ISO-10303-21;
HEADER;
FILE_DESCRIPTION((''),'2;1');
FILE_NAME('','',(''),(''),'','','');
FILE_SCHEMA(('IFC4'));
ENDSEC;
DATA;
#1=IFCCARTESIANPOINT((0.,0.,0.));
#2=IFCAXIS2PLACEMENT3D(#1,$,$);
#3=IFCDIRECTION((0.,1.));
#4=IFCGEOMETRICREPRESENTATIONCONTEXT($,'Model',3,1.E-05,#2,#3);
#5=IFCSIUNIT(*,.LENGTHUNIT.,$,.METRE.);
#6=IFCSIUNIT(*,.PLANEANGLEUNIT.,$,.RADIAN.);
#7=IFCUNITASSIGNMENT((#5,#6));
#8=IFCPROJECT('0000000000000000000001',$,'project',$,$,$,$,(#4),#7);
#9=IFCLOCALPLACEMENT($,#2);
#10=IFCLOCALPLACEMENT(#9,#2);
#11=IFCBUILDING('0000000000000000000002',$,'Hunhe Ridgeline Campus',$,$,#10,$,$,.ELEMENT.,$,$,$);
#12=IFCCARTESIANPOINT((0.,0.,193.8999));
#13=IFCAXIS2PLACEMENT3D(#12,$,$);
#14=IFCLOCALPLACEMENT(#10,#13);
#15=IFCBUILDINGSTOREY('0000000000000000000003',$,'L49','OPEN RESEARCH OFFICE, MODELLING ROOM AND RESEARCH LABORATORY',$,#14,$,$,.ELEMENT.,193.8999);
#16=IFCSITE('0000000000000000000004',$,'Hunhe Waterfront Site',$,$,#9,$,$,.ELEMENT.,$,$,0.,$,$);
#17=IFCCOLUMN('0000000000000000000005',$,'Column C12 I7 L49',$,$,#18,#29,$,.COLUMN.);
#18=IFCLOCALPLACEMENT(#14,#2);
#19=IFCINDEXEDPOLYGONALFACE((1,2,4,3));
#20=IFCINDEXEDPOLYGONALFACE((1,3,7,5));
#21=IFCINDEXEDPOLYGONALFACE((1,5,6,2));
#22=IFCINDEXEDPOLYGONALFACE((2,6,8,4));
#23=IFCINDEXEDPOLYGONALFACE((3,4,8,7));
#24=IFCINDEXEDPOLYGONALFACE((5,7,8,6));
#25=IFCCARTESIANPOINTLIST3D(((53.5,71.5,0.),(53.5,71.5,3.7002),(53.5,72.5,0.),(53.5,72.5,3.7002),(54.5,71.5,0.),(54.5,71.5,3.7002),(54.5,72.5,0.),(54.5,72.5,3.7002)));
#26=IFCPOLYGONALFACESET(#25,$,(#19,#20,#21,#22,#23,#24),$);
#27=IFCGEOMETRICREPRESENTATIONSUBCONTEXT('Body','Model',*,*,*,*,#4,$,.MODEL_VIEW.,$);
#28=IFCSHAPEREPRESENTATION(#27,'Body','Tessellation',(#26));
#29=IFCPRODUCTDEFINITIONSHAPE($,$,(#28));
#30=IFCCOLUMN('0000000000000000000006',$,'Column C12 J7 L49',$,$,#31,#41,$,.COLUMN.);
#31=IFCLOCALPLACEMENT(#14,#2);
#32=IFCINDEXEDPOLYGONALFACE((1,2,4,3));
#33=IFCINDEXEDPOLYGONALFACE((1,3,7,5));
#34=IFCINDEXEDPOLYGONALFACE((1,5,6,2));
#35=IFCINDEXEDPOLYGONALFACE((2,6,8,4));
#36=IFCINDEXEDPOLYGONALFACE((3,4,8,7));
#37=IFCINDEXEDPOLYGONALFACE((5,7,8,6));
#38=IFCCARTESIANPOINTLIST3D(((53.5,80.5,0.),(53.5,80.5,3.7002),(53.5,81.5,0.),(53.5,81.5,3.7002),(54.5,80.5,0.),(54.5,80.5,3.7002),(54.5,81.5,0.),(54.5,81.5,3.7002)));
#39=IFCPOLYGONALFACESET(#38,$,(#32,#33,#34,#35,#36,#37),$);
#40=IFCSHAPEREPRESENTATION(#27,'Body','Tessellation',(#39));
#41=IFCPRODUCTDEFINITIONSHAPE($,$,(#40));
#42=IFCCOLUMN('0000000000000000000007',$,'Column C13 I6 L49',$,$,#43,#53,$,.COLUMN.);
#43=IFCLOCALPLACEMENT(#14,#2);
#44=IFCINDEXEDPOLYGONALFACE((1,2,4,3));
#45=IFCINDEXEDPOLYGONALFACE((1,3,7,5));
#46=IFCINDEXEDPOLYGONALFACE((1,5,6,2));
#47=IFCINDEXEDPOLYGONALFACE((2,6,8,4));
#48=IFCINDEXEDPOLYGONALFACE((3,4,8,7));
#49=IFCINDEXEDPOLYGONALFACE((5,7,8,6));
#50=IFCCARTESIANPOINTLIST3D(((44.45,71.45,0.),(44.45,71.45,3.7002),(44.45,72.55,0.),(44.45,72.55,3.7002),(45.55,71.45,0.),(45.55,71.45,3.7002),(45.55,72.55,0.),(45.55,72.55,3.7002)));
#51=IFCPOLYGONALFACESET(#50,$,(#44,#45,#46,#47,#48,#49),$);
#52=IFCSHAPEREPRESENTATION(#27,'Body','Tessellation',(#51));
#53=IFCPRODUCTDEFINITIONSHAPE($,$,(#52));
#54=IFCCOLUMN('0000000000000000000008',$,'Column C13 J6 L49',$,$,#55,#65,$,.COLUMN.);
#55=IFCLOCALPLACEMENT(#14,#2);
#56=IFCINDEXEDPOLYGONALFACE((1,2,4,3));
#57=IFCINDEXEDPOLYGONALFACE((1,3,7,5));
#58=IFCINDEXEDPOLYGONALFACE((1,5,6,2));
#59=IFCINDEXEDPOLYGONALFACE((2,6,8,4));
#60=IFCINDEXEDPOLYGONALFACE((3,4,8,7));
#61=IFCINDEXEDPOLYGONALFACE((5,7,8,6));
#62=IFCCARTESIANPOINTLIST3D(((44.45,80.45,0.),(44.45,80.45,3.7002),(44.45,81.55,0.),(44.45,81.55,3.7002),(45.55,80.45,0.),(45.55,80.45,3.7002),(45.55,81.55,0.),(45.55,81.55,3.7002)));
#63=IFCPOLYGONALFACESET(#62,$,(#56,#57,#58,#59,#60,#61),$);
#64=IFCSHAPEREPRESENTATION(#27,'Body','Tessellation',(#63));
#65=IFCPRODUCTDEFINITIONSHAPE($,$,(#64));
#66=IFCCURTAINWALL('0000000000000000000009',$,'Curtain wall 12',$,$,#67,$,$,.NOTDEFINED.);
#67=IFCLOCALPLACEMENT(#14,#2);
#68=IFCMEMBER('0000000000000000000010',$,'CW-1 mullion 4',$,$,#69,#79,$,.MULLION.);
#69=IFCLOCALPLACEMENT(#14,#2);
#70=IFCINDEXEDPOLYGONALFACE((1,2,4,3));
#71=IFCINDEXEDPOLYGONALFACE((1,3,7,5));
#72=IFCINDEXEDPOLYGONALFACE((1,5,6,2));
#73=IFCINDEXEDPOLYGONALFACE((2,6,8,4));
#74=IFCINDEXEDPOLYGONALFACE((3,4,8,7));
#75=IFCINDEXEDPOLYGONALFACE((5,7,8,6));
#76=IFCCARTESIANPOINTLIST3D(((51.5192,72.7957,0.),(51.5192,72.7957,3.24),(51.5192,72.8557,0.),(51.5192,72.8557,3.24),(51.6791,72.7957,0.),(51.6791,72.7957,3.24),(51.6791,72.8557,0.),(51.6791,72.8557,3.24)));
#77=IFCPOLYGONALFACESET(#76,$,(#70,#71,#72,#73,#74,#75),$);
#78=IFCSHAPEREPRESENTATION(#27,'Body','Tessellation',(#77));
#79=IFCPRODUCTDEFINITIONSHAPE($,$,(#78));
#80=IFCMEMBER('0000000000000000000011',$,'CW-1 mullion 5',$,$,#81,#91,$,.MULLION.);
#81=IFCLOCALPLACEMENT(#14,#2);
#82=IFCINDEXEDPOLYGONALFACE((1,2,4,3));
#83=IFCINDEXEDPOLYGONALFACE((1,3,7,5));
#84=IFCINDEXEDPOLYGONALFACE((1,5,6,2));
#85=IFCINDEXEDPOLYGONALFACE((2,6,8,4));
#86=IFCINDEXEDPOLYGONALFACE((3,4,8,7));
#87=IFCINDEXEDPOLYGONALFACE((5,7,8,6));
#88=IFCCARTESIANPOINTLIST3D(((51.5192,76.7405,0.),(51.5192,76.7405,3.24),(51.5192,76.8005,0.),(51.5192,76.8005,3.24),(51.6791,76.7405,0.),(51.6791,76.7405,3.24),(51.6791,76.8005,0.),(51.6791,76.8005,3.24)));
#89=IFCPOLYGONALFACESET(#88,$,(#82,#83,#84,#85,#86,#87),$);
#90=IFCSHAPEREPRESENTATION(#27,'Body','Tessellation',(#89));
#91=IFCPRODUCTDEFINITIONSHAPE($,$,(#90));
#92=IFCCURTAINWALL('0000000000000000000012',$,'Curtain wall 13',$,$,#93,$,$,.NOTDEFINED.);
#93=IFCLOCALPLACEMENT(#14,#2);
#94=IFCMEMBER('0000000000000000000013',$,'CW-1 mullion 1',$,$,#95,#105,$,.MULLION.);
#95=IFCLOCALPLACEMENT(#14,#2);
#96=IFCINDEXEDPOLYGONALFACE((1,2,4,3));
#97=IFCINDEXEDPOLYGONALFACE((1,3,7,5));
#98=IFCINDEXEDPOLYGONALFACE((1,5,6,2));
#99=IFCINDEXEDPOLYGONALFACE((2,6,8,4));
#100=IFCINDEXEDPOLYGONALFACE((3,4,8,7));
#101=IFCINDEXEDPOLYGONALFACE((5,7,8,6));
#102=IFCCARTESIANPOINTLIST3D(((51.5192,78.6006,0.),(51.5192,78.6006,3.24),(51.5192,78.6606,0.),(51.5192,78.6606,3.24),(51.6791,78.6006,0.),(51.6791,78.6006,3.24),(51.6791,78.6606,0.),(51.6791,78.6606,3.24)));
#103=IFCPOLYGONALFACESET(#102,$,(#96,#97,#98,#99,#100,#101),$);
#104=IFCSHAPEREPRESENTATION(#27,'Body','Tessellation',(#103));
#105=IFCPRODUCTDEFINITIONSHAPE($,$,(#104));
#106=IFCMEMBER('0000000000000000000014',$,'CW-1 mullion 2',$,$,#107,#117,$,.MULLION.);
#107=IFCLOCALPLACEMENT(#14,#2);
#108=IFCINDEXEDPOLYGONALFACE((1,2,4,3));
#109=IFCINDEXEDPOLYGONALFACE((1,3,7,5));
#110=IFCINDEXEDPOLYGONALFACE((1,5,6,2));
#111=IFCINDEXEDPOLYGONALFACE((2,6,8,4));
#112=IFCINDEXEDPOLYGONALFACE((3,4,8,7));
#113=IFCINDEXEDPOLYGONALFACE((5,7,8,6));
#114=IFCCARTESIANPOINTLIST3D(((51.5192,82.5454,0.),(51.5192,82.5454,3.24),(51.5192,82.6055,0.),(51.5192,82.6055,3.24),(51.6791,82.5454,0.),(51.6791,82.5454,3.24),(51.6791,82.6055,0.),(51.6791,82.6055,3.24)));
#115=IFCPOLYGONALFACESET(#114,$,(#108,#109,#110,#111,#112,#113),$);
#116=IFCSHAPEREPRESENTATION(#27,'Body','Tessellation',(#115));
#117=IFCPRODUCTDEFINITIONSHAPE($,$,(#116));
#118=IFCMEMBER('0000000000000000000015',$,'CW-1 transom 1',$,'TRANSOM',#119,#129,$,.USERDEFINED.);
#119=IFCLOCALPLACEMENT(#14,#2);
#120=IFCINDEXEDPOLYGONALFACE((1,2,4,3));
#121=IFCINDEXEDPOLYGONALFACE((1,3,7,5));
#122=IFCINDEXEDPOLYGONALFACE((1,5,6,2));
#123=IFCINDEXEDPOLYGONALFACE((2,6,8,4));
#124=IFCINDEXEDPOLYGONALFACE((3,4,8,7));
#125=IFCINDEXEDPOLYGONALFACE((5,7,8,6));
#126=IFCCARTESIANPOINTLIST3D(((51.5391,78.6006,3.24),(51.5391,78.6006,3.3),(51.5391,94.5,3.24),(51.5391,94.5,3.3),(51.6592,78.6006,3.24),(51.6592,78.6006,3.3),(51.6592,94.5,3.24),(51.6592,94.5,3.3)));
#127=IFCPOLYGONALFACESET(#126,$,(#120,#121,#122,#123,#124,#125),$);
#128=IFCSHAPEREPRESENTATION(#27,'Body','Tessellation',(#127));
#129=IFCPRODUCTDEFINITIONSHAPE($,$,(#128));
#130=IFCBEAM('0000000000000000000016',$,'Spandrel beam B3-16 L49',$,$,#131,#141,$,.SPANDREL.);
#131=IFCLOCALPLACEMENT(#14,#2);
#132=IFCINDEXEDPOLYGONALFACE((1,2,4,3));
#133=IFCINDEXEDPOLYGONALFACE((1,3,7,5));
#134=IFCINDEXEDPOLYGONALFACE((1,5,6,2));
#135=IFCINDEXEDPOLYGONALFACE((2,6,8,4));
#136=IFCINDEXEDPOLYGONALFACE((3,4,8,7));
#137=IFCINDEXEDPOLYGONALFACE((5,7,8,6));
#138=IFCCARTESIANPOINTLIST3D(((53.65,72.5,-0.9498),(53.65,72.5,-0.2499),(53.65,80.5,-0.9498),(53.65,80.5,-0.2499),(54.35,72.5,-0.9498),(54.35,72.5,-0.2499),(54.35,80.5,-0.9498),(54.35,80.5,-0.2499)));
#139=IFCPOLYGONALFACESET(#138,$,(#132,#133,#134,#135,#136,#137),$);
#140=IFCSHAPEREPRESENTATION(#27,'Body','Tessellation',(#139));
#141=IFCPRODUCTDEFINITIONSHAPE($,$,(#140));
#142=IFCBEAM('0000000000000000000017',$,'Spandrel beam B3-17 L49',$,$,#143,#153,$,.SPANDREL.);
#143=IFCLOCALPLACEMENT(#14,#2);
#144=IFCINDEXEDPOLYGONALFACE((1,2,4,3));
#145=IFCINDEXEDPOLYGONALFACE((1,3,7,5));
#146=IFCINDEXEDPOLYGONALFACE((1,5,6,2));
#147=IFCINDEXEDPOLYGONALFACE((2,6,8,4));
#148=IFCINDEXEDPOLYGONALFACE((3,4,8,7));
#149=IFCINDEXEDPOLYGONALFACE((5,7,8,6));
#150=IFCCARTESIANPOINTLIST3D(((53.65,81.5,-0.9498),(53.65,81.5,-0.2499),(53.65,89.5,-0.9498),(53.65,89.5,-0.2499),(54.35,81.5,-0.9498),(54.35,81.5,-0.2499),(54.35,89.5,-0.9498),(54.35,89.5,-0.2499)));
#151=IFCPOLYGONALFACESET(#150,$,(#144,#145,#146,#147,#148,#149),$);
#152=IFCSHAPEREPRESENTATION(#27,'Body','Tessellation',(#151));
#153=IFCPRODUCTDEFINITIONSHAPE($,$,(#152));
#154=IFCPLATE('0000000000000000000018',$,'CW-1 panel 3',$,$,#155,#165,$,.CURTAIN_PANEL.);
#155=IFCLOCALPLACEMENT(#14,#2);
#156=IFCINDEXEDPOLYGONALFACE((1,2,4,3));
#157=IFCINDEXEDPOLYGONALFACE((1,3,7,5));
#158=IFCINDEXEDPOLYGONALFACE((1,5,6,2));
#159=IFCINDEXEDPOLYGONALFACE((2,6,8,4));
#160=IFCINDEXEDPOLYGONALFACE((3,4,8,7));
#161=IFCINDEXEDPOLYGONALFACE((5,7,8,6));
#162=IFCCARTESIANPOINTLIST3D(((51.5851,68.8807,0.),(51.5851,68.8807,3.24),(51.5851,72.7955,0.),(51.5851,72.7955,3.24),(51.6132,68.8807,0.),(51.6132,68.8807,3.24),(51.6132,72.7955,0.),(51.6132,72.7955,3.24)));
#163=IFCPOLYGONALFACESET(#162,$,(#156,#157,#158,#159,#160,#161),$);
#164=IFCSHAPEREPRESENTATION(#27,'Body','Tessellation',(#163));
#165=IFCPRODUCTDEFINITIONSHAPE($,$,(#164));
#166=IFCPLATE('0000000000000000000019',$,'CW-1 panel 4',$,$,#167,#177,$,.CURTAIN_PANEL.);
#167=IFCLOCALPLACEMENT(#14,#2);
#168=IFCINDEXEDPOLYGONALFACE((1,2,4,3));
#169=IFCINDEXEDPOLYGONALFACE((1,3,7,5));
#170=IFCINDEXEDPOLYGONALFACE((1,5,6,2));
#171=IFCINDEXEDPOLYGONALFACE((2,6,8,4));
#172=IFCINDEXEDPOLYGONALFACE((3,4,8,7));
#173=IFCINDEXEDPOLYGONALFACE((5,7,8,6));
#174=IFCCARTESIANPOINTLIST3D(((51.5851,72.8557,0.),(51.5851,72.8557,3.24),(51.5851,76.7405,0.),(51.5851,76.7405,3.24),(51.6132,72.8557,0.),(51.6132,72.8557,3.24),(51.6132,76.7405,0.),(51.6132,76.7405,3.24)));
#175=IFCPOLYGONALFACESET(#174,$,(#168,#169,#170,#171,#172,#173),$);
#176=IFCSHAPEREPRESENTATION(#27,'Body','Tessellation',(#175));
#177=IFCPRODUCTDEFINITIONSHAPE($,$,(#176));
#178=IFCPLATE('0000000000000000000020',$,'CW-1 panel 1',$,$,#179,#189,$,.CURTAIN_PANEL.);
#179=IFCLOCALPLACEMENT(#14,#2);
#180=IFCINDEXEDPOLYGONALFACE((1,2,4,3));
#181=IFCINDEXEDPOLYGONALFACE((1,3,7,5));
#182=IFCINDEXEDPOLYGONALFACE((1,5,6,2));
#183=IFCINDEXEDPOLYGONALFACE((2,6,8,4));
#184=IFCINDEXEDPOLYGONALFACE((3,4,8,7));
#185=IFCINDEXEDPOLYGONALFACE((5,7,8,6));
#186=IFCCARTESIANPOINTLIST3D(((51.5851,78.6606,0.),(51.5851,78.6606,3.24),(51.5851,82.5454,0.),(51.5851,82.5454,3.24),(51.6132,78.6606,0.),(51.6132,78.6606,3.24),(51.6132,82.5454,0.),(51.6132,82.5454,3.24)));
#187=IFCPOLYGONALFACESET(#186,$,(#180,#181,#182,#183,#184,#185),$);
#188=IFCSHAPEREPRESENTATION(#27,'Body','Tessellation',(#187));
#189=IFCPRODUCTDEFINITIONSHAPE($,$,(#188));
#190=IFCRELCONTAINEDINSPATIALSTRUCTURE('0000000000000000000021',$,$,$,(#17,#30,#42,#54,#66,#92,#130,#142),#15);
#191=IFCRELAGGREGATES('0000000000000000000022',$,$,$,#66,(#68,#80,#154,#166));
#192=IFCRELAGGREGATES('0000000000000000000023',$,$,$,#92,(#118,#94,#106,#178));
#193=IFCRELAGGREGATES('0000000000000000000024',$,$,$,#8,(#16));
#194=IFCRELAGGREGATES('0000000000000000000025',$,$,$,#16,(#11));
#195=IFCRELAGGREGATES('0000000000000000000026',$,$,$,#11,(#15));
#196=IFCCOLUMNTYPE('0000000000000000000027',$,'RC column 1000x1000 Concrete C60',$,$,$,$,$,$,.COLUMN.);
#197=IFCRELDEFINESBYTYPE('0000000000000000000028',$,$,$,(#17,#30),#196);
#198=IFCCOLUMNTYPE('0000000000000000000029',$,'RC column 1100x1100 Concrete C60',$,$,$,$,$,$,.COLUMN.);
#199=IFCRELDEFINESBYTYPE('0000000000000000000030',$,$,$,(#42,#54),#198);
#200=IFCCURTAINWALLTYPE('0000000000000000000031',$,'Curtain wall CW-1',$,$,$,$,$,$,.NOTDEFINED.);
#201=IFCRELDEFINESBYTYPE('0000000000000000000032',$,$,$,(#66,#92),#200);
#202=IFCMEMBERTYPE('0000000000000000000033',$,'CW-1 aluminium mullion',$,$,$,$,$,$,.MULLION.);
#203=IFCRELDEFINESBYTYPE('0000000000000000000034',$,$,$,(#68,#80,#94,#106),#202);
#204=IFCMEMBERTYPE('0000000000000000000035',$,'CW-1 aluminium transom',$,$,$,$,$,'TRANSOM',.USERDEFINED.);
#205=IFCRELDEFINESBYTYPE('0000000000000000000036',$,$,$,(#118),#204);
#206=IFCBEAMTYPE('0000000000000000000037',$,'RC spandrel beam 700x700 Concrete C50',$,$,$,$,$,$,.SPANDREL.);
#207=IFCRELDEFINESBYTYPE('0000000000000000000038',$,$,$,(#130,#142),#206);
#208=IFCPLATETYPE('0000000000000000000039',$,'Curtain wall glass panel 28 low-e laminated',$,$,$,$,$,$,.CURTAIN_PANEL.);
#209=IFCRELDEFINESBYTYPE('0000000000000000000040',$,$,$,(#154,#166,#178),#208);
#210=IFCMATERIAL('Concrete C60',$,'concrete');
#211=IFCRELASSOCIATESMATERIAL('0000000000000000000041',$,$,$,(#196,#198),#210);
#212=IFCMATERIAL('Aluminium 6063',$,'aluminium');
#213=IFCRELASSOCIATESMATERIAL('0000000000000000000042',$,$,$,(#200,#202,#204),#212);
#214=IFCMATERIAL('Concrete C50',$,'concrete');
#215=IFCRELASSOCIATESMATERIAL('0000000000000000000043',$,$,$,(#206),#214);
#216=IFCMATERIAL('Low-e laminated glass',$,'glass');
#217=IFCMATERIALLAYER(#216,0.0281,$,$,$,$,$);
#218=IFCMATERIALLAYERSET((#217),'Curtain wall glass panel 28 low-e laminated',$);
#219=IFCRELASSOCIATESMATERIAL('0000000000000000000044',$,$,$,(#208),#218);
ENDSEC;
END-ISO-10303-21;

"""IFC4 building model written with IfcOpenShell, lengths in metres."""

from ifc_helpers import new_model, si_unit, direction, frame, origin, origin_2d, place, context, subcontext, project, spatial, rectangle, extrude, material, layer, layer_set, material_profile, profile_set, type_object, element, aggregate, save


model = new_model("IFC4")

# Units and contexts
model_context = context("Model", 3, precision=1e-05, world=origin(), true_north=direction((0.0, 1.0)))
body_context = subcontext(model_context, "Body", "Model", "MODEL_VIEW")
ifc_project = project(units=[si_unit("LENGTHUNIT", "METRE"), si_unit("PLANEANGLEUNIT", "RADIAN")], contexts=[model_context])

# Site, building, storey
site_placement = place(None, origin())
site = spatial("IfcSite", under=ifc_project, at=site_placement, Name="Hunhe Waterfront Site", CompositionType="ELEMENT", RefElevation=0.0)
building_placement = place(site_placement, origin())
building = spatial("IfcBuilding", under=site, at=building_placement, Name="Hunhe Ridgeline Campus", CompositionType="ELEMENT")
storey_placement = place(building_placement, frame((0.0, 0.0, 193.8999)))
storey = spatial("IfcBuildingStorey", under=building, at=storey_placement, Name="L49", Description="OPEN RESEARCH OFFICE, MODELLING ROOM AND RESEARCH LABORATORY", CompositionType="ELEMENT", Elevation=193.8999)

# Columns
ifc_material_1 = material(Name="Concrete C60", Category="concrete")
ifc_material_profile_1 = material_profile(ifc_material_1, rectangle(XDim=1.0, YDim=1.0, at=origin_2d()))
ifc_profile_set_1 = profile_set([ifc_material_profile_1], Name="Concrete C60")
column_type_1 = type_object("IfcColumnType", Name="RC column 1000x1000 Concrete C60", PredefinedType="COLUMN", material=ifc_profile_set_1)
for number, where, z_axis, x_axis, name in (
    (1, (54.0, 72.0, 0.0), (0.0, 0.0, 1.0), (1.0, 0.0, 0.0), "Column C12 I7 L49"),
    (2, (54.0, 81.0, 0.0), (0.0, 0.0, 1.0), (1.0, 0.0, 0.0), "Column C12 J7 L49"),
):
    element("IfcColumn", number, at=place(storey_placement, frame(where, z_axis=z_axis, x_axis=x_axis)), inside=storey, type_object=column_type_1, Name=name, PredefinedType="COLUMN", context=body_context, shape_type="SweptSolid", body=[
        extrude(rectangle(XDim=1.0, YDim=1.0, at=origin_2d()), origin(), (0.0, 0.0, 1.0), 3.7002),
    ])
ifc_material_profile_2 = material_profile(ifc_material_1, rectangle(XDim=1.1001, YDim=1.1001, at=origin_2d()))
ifc_profile_set_2 = profile_set([ifc_material_profile_2], Name="Concrete C60")
column_type_2 = type_object("IfcColumnType", Name="RC column 1100x1100 Concrete C60", PredefinedType="COLUMN", material=ifc_profile_set_2)
for number, where, z_axis, x_axis, name in (
    (3, (45.0, 72.0, 0.0), (0.0, 0.0, 1.0), (1.0, 0.0, 0.0), "Column C13 I6 L49"),
    (4, (45.0, 81.0, 0.0), (0.0, 0.0, 1.0), (1.0, 0.0, 0.0), "Column C13 J6 L49"),
):
    element("IfcColumn", number, at=place(storey_placement, frame(where, z_axis=z_axis, x_axis=x_axis)), inside=storey, type_object=column_type_2, Name=name, PredefinedType="COLUMN", context=body_context, shape_type="SweptSolid", body=[
        extrude(rectangle(XDim=1.1001, YDim=1.1001, at=origin_2d()), origin(), (0.0, 0.0, 1.0), 3.7002),
    ])

# Curtain walls, members
ifc_material_2 = material(Name="Aluminium 6063", Category="aluminium")
curtain_wall_type = type_object("IfcCurtainWallType", Name="Curtain wall CW-1", PredefinedType="NOTDEFINED", material=ifc_material_2)
curtain_wall_1_placement = place(storey_placement, origin())
curtain_wall_1 = element("IfcCurtainWall", 5, at=curtain_wall_1_placement, inside=storey, type_object=curtain_wall_type, Name="Curtain wall 12", PredefinedType="NOTDEFINED")
ifc_material_profile_3 = material_profile(ifc_material_2, rectangle(XDim=0.1599, YDim=0.0601, at=origin_2d()))
ifc_profile_set_3 = profile_set([ifc_material_profile_3], Name="Aluminium 6063")
member_type_1 = type_object("IfcMemberType", Name="CW-1 aluminium mullion", PredefinedType="MULLION", material=ifc_profile_set_3)
member_1_placement = place(storey_placement, frame((51.5991, 72.8257, 0.0), z_axis=(0.0, 0.0, 1.0), x_axis=(-1.0, 0.0, 0.0)))
member_1 = element("IfcMember", 6, at=member_1_placement, type_object=member_type_1, Name="CW-1 mullion 4", PredefinedType="MULLION", context=body_context, shape_type="SweptSolid", body=[
    extrude(rectangle(XDim=0.1599, YDim=0.0601, at=origin_2d()), origin(), (0.0, 0.0, 1.0), 3.24),
])
member_2_placement = place(storey_placement, frame((51.5991, 76.7705, 0.0), z_axis=(0.0, 0.0, 1.0), x_axis=(-1.0, 0.0, 0.0)))
member_2 = element("IfcMember", 7, at=member_2_placement, type_object=member_type_1, Name="CW-1 mullion 5", PredefinedType="MULLION", context=body_context, shape_type="SweptSolid", body=[
    extrude(rectangle(XDim=0.1599, YDim=0.0601, at=origin_2d()), origin(), (0.0, 0.0, 1.0), 3.24),
])
curtain_wall_2_placement = place(storey_placement, origin())
curtain_wall_2 = element("IfcCurtainWall", 8, at=curtain_wall_2_placement, inside=storey, type_object=curtain_wall_type, Name="Curtain wall 13", PredefinedType="NOTDEFINED")
member_3_placement = place(storey_placement, frame((51.5991, 78.6306, 0.0), z_axis=(0.0, 0.0, 1.0), x_axis=(-1.0, 0.0, 0.0)))
member_3 = element("IfcMember", 9, at=member_3_placement, type_object=member_type_1, Name="CW-1 mullion 1", PredefinedType="MULLION", context=body_context, shape_type="SweptSolid", body=[
    extrude(rectangle(XDim=0.1599, YDim=0.0601, at=origin_2d()), origin(), (0.0, 0.0, 1.0), 3.24),
])
member_4_placement = place(storey_placement, frame((51.5991, 82.5754, 0.0), z_axis=(0.0, 0.0, 1.0), x_axis=(-1.0, 0.0, 0.0)))
member_4 = element("IfcMember", 10, at=member_4_placement, type_object=member_type_1, Name="CW-1 mullion 2", PredefinedType="MULLION", context=body_context, shape_type="SweptSolid", body=[
    extrude(rectangle(XDim=0.1599, YDim=0.0601, at=origin_2d()), origin(), (0.0, 0.0, 1.0), 3.24),
])
ifc_material_profile_4 = material_profile(ifc_material_2, rectangle(XDim=0.1201, YDim=0.0601, at=origin_2d()))
ifc_profile_set_4 = profile_set([ifc_material_profile_4], Name="Aluminium 6063")
member_type_2 = type_object("IfcMemberType", Name="CW-1 aluminium transom", ElementType="TRANSOM", PredefinedType="USERDEFINED", material=ifc_profile_set_4)
member_5_placement = place(storey_placement, frame((51.5991, 78.6006, 3.27), z_axis=(0.0, 1.0, 0.0), x_axis=(-1.0, 0.0, 0.0)))
member_5 = element("IfcMember", 11, at=member_5_placement, type_object=member_type_2, Name="CW-1 transom 1", ObjectType="TRANSOM", PredefinedType="USERDEFINED", context=body_context, shape_type="SweptSolid", body=[
    extrude(rectangle(XDim=0.1201, YDim=0.0601, at=origin_2d()), origin(), (0.0, 0.0, 1.0), 15.8994),
])

# Beams
ifc_material_3 = material(Name="Concrete C50", Category="concrete")
ifc_material_profile_5 = material_profile(ifc_material_3, rectangle(XDim=0.7, YDim=0.7, at=origin_2d()))
ifc_profile_set_5 = profile_set([ifc_material_profile_5], Name="Concrete C50")
beam_type = type_object("IfcBeamType", Name="RC spandrel beam 700x700 Concrete C50", PredefinedType="SPANDREL", material=ifc_profile_set_5)
for number, where, z_axis, x_axis, name in (
    (12, (54.0, 72.5, -0.5999), (0.0, 1.0, 0.0), (-1.0, 0.0, 0.0), "Spandrel beam B3-16 L49"),
    (13, (54.0, 81.5, -0.5999), (0.0, 1.0, 0.0), (-1.0, 0.0, 0.0), "Spandrel beam B3-17 L49"),
):
    element("IfcBeam", number, at=place(storey_placement, frame(where, z_axis=z_axis, x_axis=x_axis)), inside=storey, type_object=beam_type, Name=name, PredefinedType="SPANDREL", context=body_context, shape_type="SweptSolid", body=[
        extrude(rectangle(XDim=0.7, YDim=0.7, at=origin_2d()), origin(), (0.0, 0.0, 1.0), 8.0),
    ])

# Plates
ifc_material_4 = material(Name="Low-e laminated glass", Category="glass")
ifc_layer_1 = layer(ifc_material_4, 0.0281)
ifc_layer_set_1 = layer_set([ifc_layer_1], Name="Curtain wall glass panel 28 low-e laminated")
plate_type = type_object("IfcPlateType", Name="Curtain wall glass panel 28 low-e laminated", PredefinedType="CURTAIN_PANEL", material=ifc_layer_set_1)
plate_1_placement = place(storey_placement, frame((51.5991, 70.8381, 0.0), z_axis=(0.0, 0.0, 1.0), x_axis=(0.0, 1.0, 0.0)))
plate_1 = element("IfcPlate", 14, at=plate_1_placement, type_object=plate_type, Name="CW-1 panel 3", PredefinedType="CURTAIN_PANEL", context=body_context, shape_type="SweptSolid", body=[
    extrude(rectangle(XDim=3.9148, YDim=0.0281, at=origin_2d()), origin(), (0.0, 0.0, 1.0), 3.24),
])
plate_2_placement = place(storey_placement, frame((51.5991, 74.7981, 0.0), z_axis=(0.0, 0.0, 1.0), x_axis=(0.0, 1.0, 0.0)))
plate_2 = element("IfcPlate", 15, at=plate_2_placement, type_object=plate_type, Name="CW-1 panel 4", PredefinedType="CURTAIN_PANEL", context=body_context, shape_type="SweptSolid", body=[
    extrude(rectangle(XDim=3.8848, YDim=0.0281, at=origin_2d()), origin(), (0.0, 0.0, 1.0), 3.24),
])
aggregate(curtain_wall_1, [member_1, member_2, plate_1, plate_2])
plate_3_placement = place(storey_placement, frame((51.5991, 80.603, 0.0), z_axis=(0.0, 0.0, 1.0), x_axis=(0.0, 1.0, 0.0)))
plate_3 = element("IfcPlate", 16, at=plate_3_placement, type_object=plate_type, Name="CW-1 panel 1", PredefinedType="CURTAIN_PANEL", context=body_context, shape_type="SweptSolid", body=[
    extrude(rectangle(XDim=3.8848, YDim=0.0281, at=origin_2d()), origin(), (0.0, 0.0, 1.0), 3.24),
])
aggregate(curtain_wall_2, [member_5, member_3, member_4, plate_3])

save(model, "model.ifc")
